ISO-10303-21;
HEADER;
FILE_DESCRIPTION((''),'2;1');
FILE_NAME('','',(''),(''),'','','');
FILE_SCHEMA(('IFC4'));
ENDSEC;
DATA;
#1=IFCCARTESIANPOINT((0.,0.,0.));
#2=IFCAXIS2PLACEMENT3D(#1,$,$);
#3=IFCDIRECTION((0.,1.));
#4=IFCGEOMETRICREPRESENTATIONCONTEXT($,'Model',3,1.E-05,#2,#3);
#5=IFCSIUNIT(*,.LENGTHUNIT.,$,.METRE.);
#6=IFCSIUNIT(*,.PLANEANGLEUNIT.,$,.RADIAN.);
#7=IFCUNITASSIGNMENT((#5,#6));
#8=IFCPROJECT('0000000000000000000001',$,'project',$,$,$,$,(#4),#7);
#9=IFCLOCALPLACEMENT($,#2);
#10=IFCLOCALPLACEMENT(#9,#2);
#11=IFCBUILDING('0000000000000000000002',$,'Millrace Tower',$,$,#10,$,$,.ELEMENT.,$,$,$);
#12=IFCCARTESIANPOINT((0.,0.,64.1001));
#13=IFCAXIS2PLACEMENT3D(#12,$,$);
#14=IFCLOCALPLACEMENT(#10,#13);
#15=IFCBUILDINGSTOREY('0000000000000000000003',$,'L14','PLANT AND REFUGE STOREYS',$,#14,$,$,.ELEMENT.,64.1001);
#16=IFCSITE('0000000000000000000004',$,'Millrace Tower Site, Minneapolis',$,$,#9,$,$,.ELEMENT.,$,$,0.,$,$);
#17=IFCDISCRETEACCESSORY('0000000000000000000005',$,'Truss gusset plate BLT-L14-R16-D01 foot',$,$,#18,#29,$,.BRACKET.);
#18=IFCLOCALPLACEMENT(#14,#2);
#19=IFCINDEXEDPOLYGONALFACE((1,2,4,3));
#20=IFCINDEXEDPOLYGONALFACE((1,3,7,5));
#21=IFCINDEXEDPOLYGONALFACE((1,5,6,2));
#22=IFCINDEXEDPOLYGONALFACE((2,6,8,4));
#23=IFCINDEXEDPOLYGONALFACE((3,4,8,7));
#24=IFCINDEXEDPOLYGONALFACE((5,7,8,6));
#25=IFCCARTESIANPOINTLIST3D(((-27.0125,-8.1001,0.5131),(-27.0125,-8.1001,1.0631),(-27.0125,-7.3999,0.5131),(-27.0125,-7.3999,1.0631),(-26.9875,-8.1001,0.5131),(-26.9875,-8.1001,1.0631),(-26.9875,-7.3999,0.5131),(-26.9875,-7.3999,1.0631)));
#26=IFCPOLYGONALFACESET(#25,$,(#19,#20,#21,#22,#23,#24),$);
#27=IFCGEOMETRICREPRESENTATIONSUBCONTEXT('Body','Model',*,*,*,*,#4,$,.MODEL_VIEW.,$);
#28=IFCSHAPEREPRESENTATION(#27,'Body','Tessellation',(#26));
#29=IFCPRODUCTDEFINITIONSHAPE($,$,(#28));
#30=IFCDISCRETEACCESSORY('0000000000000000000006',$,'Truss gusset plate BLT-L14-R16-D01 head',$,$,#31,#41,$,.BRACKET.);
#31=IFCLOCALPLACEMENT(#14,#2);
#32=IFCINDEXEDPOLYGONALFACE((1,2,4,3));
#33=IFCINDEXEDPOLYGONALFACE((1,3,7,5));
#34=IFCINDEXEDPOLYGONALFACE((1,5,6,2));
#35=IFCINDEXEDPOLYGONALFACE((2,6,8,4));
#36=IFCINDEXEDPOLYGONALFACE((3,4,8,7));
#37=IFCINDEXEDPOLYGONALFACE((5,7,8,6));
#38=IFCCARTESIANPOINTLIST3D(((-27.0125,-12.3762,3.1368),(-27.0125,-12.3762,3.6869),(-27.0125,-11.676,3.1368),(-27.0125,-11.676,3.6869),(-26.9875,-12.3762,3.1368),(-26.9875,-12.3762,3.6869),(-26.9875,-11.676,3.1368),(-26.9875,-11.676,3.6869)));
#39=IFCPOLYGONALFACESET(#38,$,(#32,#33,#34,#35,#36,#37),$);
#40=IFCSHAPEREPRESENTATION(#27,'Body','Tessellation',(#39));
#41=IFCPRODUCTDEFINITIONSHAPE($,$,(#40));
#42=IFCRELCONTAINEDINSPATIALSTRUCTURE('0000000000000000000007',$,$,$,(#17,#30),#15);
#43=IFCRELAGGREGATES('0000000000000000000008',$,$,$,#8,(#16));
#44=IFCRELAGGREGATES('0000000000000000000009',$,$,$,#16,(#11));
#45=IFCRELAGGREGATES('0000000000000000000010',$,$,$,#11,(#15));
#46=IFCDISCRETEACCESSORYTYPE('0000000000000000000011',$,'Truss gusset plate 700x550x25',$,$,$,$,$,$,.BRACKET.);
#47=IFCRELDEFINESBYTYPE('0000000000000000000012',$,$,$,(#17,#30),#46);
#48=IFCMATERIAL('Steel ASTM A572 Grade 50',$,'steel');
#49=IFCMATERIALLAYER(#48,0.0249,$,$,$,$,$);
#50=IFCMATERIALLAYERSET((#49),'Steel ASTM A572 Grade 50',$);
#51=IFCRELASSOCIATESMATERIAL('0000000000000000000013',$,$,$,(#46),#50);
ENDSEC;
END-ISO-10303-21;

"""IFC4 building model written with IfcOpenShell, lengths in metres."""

from ifc_helpers import new_model, si_unit, direction, frame, origin, origin_2d, place, context, subcontext, project, spatial, rectangle, extrude, material, layer, layer_set, type_object, element, save


model = new_model("IFC4")

# Units and contexts
model_context = context("Model", 3, precision=1e-05, world=origin(), true_north=direction((0.0, 1.0)))
body_context = subcontext(model_context, "Body", "Model", "MODEL_VIEW")
ifc_project = project(units=[si_unit("LENGTHUNIT", "METRE"), si_unit("PLANEANGLEUNIT", "RADIAN")], contexts=[model_context])

# Site, building, storey
site_placement = place(None, origin())
site = spatial("IfcSite", under=ifc_project, at=site_placement, Name="Millrace Tower Site, Minneapolis", CompositionType="ELEMENT", RefElevation=0.0)
building_placement = place(site_placement, origin())
building = spatial("IfcBuilding", under=site, at=building_placement, Name="Millrace Tower", CompositionType="ELEMENT")
storey_placement = place(building_placement, frame((0.0, 0.0, 64.1001)))
storey = spatial("IfcBuildingStorey", under=building, at=storey_placement, Name="L14", Description="PLANT AND REFUGE STOREYS", CompositionType="ELEMENT", Elevation=64.1001)

# Discrete accessories
ifc_material_1 = material(Name="Steel ASTM A572 Grade 50", Category="steel")
ifc_layer_1 = layer(ifc_material_1, 0.0249)
ifc_layer_set_1 = layer_set([ifc_layer_1], Name="Steel ASTM A572 Grade 50")
discrete_accessory_type = type_object("IfcDiscreteAccessoryType", Name="Truss gusset plate 700x550x25", PredefinedType="BRACKET", material=ifc_layer_set_1)
for number, where, z_axis, x_axis, name in (
    (1, (-27.0, -8.1001, 0.7881), (0.0, 1.0, 0.0), (-1.0, 0.0, 0.0), "Truss gusset plate BLT-L14-R16-D01 foot"),
    (2, (-27.0, -12.3762, 3.4119), (0.0, 1.0, 0.0), (-1.0, 0.0, 0.0), "Truss gusset plate BLT-L14-R16-D01 head"),
):
    element("IfcDiscreteAccessory", number, at=place(storey_placement, frame(where, z_axis=z_axis, x_axis=x_axis)), inside=storey, type_object=discrete_accessory_type, Name=name, PredefinedType="BRACKET", context=body_context, shape_type="SweptSolid", body=[
        extrude(rectangle(XDim=0.0249, YDim=0.55, at=origin_2d()), origin(), (0.0, 0.0, 1.0), 0.7002),
    ])

save(model, "model.ifc")
